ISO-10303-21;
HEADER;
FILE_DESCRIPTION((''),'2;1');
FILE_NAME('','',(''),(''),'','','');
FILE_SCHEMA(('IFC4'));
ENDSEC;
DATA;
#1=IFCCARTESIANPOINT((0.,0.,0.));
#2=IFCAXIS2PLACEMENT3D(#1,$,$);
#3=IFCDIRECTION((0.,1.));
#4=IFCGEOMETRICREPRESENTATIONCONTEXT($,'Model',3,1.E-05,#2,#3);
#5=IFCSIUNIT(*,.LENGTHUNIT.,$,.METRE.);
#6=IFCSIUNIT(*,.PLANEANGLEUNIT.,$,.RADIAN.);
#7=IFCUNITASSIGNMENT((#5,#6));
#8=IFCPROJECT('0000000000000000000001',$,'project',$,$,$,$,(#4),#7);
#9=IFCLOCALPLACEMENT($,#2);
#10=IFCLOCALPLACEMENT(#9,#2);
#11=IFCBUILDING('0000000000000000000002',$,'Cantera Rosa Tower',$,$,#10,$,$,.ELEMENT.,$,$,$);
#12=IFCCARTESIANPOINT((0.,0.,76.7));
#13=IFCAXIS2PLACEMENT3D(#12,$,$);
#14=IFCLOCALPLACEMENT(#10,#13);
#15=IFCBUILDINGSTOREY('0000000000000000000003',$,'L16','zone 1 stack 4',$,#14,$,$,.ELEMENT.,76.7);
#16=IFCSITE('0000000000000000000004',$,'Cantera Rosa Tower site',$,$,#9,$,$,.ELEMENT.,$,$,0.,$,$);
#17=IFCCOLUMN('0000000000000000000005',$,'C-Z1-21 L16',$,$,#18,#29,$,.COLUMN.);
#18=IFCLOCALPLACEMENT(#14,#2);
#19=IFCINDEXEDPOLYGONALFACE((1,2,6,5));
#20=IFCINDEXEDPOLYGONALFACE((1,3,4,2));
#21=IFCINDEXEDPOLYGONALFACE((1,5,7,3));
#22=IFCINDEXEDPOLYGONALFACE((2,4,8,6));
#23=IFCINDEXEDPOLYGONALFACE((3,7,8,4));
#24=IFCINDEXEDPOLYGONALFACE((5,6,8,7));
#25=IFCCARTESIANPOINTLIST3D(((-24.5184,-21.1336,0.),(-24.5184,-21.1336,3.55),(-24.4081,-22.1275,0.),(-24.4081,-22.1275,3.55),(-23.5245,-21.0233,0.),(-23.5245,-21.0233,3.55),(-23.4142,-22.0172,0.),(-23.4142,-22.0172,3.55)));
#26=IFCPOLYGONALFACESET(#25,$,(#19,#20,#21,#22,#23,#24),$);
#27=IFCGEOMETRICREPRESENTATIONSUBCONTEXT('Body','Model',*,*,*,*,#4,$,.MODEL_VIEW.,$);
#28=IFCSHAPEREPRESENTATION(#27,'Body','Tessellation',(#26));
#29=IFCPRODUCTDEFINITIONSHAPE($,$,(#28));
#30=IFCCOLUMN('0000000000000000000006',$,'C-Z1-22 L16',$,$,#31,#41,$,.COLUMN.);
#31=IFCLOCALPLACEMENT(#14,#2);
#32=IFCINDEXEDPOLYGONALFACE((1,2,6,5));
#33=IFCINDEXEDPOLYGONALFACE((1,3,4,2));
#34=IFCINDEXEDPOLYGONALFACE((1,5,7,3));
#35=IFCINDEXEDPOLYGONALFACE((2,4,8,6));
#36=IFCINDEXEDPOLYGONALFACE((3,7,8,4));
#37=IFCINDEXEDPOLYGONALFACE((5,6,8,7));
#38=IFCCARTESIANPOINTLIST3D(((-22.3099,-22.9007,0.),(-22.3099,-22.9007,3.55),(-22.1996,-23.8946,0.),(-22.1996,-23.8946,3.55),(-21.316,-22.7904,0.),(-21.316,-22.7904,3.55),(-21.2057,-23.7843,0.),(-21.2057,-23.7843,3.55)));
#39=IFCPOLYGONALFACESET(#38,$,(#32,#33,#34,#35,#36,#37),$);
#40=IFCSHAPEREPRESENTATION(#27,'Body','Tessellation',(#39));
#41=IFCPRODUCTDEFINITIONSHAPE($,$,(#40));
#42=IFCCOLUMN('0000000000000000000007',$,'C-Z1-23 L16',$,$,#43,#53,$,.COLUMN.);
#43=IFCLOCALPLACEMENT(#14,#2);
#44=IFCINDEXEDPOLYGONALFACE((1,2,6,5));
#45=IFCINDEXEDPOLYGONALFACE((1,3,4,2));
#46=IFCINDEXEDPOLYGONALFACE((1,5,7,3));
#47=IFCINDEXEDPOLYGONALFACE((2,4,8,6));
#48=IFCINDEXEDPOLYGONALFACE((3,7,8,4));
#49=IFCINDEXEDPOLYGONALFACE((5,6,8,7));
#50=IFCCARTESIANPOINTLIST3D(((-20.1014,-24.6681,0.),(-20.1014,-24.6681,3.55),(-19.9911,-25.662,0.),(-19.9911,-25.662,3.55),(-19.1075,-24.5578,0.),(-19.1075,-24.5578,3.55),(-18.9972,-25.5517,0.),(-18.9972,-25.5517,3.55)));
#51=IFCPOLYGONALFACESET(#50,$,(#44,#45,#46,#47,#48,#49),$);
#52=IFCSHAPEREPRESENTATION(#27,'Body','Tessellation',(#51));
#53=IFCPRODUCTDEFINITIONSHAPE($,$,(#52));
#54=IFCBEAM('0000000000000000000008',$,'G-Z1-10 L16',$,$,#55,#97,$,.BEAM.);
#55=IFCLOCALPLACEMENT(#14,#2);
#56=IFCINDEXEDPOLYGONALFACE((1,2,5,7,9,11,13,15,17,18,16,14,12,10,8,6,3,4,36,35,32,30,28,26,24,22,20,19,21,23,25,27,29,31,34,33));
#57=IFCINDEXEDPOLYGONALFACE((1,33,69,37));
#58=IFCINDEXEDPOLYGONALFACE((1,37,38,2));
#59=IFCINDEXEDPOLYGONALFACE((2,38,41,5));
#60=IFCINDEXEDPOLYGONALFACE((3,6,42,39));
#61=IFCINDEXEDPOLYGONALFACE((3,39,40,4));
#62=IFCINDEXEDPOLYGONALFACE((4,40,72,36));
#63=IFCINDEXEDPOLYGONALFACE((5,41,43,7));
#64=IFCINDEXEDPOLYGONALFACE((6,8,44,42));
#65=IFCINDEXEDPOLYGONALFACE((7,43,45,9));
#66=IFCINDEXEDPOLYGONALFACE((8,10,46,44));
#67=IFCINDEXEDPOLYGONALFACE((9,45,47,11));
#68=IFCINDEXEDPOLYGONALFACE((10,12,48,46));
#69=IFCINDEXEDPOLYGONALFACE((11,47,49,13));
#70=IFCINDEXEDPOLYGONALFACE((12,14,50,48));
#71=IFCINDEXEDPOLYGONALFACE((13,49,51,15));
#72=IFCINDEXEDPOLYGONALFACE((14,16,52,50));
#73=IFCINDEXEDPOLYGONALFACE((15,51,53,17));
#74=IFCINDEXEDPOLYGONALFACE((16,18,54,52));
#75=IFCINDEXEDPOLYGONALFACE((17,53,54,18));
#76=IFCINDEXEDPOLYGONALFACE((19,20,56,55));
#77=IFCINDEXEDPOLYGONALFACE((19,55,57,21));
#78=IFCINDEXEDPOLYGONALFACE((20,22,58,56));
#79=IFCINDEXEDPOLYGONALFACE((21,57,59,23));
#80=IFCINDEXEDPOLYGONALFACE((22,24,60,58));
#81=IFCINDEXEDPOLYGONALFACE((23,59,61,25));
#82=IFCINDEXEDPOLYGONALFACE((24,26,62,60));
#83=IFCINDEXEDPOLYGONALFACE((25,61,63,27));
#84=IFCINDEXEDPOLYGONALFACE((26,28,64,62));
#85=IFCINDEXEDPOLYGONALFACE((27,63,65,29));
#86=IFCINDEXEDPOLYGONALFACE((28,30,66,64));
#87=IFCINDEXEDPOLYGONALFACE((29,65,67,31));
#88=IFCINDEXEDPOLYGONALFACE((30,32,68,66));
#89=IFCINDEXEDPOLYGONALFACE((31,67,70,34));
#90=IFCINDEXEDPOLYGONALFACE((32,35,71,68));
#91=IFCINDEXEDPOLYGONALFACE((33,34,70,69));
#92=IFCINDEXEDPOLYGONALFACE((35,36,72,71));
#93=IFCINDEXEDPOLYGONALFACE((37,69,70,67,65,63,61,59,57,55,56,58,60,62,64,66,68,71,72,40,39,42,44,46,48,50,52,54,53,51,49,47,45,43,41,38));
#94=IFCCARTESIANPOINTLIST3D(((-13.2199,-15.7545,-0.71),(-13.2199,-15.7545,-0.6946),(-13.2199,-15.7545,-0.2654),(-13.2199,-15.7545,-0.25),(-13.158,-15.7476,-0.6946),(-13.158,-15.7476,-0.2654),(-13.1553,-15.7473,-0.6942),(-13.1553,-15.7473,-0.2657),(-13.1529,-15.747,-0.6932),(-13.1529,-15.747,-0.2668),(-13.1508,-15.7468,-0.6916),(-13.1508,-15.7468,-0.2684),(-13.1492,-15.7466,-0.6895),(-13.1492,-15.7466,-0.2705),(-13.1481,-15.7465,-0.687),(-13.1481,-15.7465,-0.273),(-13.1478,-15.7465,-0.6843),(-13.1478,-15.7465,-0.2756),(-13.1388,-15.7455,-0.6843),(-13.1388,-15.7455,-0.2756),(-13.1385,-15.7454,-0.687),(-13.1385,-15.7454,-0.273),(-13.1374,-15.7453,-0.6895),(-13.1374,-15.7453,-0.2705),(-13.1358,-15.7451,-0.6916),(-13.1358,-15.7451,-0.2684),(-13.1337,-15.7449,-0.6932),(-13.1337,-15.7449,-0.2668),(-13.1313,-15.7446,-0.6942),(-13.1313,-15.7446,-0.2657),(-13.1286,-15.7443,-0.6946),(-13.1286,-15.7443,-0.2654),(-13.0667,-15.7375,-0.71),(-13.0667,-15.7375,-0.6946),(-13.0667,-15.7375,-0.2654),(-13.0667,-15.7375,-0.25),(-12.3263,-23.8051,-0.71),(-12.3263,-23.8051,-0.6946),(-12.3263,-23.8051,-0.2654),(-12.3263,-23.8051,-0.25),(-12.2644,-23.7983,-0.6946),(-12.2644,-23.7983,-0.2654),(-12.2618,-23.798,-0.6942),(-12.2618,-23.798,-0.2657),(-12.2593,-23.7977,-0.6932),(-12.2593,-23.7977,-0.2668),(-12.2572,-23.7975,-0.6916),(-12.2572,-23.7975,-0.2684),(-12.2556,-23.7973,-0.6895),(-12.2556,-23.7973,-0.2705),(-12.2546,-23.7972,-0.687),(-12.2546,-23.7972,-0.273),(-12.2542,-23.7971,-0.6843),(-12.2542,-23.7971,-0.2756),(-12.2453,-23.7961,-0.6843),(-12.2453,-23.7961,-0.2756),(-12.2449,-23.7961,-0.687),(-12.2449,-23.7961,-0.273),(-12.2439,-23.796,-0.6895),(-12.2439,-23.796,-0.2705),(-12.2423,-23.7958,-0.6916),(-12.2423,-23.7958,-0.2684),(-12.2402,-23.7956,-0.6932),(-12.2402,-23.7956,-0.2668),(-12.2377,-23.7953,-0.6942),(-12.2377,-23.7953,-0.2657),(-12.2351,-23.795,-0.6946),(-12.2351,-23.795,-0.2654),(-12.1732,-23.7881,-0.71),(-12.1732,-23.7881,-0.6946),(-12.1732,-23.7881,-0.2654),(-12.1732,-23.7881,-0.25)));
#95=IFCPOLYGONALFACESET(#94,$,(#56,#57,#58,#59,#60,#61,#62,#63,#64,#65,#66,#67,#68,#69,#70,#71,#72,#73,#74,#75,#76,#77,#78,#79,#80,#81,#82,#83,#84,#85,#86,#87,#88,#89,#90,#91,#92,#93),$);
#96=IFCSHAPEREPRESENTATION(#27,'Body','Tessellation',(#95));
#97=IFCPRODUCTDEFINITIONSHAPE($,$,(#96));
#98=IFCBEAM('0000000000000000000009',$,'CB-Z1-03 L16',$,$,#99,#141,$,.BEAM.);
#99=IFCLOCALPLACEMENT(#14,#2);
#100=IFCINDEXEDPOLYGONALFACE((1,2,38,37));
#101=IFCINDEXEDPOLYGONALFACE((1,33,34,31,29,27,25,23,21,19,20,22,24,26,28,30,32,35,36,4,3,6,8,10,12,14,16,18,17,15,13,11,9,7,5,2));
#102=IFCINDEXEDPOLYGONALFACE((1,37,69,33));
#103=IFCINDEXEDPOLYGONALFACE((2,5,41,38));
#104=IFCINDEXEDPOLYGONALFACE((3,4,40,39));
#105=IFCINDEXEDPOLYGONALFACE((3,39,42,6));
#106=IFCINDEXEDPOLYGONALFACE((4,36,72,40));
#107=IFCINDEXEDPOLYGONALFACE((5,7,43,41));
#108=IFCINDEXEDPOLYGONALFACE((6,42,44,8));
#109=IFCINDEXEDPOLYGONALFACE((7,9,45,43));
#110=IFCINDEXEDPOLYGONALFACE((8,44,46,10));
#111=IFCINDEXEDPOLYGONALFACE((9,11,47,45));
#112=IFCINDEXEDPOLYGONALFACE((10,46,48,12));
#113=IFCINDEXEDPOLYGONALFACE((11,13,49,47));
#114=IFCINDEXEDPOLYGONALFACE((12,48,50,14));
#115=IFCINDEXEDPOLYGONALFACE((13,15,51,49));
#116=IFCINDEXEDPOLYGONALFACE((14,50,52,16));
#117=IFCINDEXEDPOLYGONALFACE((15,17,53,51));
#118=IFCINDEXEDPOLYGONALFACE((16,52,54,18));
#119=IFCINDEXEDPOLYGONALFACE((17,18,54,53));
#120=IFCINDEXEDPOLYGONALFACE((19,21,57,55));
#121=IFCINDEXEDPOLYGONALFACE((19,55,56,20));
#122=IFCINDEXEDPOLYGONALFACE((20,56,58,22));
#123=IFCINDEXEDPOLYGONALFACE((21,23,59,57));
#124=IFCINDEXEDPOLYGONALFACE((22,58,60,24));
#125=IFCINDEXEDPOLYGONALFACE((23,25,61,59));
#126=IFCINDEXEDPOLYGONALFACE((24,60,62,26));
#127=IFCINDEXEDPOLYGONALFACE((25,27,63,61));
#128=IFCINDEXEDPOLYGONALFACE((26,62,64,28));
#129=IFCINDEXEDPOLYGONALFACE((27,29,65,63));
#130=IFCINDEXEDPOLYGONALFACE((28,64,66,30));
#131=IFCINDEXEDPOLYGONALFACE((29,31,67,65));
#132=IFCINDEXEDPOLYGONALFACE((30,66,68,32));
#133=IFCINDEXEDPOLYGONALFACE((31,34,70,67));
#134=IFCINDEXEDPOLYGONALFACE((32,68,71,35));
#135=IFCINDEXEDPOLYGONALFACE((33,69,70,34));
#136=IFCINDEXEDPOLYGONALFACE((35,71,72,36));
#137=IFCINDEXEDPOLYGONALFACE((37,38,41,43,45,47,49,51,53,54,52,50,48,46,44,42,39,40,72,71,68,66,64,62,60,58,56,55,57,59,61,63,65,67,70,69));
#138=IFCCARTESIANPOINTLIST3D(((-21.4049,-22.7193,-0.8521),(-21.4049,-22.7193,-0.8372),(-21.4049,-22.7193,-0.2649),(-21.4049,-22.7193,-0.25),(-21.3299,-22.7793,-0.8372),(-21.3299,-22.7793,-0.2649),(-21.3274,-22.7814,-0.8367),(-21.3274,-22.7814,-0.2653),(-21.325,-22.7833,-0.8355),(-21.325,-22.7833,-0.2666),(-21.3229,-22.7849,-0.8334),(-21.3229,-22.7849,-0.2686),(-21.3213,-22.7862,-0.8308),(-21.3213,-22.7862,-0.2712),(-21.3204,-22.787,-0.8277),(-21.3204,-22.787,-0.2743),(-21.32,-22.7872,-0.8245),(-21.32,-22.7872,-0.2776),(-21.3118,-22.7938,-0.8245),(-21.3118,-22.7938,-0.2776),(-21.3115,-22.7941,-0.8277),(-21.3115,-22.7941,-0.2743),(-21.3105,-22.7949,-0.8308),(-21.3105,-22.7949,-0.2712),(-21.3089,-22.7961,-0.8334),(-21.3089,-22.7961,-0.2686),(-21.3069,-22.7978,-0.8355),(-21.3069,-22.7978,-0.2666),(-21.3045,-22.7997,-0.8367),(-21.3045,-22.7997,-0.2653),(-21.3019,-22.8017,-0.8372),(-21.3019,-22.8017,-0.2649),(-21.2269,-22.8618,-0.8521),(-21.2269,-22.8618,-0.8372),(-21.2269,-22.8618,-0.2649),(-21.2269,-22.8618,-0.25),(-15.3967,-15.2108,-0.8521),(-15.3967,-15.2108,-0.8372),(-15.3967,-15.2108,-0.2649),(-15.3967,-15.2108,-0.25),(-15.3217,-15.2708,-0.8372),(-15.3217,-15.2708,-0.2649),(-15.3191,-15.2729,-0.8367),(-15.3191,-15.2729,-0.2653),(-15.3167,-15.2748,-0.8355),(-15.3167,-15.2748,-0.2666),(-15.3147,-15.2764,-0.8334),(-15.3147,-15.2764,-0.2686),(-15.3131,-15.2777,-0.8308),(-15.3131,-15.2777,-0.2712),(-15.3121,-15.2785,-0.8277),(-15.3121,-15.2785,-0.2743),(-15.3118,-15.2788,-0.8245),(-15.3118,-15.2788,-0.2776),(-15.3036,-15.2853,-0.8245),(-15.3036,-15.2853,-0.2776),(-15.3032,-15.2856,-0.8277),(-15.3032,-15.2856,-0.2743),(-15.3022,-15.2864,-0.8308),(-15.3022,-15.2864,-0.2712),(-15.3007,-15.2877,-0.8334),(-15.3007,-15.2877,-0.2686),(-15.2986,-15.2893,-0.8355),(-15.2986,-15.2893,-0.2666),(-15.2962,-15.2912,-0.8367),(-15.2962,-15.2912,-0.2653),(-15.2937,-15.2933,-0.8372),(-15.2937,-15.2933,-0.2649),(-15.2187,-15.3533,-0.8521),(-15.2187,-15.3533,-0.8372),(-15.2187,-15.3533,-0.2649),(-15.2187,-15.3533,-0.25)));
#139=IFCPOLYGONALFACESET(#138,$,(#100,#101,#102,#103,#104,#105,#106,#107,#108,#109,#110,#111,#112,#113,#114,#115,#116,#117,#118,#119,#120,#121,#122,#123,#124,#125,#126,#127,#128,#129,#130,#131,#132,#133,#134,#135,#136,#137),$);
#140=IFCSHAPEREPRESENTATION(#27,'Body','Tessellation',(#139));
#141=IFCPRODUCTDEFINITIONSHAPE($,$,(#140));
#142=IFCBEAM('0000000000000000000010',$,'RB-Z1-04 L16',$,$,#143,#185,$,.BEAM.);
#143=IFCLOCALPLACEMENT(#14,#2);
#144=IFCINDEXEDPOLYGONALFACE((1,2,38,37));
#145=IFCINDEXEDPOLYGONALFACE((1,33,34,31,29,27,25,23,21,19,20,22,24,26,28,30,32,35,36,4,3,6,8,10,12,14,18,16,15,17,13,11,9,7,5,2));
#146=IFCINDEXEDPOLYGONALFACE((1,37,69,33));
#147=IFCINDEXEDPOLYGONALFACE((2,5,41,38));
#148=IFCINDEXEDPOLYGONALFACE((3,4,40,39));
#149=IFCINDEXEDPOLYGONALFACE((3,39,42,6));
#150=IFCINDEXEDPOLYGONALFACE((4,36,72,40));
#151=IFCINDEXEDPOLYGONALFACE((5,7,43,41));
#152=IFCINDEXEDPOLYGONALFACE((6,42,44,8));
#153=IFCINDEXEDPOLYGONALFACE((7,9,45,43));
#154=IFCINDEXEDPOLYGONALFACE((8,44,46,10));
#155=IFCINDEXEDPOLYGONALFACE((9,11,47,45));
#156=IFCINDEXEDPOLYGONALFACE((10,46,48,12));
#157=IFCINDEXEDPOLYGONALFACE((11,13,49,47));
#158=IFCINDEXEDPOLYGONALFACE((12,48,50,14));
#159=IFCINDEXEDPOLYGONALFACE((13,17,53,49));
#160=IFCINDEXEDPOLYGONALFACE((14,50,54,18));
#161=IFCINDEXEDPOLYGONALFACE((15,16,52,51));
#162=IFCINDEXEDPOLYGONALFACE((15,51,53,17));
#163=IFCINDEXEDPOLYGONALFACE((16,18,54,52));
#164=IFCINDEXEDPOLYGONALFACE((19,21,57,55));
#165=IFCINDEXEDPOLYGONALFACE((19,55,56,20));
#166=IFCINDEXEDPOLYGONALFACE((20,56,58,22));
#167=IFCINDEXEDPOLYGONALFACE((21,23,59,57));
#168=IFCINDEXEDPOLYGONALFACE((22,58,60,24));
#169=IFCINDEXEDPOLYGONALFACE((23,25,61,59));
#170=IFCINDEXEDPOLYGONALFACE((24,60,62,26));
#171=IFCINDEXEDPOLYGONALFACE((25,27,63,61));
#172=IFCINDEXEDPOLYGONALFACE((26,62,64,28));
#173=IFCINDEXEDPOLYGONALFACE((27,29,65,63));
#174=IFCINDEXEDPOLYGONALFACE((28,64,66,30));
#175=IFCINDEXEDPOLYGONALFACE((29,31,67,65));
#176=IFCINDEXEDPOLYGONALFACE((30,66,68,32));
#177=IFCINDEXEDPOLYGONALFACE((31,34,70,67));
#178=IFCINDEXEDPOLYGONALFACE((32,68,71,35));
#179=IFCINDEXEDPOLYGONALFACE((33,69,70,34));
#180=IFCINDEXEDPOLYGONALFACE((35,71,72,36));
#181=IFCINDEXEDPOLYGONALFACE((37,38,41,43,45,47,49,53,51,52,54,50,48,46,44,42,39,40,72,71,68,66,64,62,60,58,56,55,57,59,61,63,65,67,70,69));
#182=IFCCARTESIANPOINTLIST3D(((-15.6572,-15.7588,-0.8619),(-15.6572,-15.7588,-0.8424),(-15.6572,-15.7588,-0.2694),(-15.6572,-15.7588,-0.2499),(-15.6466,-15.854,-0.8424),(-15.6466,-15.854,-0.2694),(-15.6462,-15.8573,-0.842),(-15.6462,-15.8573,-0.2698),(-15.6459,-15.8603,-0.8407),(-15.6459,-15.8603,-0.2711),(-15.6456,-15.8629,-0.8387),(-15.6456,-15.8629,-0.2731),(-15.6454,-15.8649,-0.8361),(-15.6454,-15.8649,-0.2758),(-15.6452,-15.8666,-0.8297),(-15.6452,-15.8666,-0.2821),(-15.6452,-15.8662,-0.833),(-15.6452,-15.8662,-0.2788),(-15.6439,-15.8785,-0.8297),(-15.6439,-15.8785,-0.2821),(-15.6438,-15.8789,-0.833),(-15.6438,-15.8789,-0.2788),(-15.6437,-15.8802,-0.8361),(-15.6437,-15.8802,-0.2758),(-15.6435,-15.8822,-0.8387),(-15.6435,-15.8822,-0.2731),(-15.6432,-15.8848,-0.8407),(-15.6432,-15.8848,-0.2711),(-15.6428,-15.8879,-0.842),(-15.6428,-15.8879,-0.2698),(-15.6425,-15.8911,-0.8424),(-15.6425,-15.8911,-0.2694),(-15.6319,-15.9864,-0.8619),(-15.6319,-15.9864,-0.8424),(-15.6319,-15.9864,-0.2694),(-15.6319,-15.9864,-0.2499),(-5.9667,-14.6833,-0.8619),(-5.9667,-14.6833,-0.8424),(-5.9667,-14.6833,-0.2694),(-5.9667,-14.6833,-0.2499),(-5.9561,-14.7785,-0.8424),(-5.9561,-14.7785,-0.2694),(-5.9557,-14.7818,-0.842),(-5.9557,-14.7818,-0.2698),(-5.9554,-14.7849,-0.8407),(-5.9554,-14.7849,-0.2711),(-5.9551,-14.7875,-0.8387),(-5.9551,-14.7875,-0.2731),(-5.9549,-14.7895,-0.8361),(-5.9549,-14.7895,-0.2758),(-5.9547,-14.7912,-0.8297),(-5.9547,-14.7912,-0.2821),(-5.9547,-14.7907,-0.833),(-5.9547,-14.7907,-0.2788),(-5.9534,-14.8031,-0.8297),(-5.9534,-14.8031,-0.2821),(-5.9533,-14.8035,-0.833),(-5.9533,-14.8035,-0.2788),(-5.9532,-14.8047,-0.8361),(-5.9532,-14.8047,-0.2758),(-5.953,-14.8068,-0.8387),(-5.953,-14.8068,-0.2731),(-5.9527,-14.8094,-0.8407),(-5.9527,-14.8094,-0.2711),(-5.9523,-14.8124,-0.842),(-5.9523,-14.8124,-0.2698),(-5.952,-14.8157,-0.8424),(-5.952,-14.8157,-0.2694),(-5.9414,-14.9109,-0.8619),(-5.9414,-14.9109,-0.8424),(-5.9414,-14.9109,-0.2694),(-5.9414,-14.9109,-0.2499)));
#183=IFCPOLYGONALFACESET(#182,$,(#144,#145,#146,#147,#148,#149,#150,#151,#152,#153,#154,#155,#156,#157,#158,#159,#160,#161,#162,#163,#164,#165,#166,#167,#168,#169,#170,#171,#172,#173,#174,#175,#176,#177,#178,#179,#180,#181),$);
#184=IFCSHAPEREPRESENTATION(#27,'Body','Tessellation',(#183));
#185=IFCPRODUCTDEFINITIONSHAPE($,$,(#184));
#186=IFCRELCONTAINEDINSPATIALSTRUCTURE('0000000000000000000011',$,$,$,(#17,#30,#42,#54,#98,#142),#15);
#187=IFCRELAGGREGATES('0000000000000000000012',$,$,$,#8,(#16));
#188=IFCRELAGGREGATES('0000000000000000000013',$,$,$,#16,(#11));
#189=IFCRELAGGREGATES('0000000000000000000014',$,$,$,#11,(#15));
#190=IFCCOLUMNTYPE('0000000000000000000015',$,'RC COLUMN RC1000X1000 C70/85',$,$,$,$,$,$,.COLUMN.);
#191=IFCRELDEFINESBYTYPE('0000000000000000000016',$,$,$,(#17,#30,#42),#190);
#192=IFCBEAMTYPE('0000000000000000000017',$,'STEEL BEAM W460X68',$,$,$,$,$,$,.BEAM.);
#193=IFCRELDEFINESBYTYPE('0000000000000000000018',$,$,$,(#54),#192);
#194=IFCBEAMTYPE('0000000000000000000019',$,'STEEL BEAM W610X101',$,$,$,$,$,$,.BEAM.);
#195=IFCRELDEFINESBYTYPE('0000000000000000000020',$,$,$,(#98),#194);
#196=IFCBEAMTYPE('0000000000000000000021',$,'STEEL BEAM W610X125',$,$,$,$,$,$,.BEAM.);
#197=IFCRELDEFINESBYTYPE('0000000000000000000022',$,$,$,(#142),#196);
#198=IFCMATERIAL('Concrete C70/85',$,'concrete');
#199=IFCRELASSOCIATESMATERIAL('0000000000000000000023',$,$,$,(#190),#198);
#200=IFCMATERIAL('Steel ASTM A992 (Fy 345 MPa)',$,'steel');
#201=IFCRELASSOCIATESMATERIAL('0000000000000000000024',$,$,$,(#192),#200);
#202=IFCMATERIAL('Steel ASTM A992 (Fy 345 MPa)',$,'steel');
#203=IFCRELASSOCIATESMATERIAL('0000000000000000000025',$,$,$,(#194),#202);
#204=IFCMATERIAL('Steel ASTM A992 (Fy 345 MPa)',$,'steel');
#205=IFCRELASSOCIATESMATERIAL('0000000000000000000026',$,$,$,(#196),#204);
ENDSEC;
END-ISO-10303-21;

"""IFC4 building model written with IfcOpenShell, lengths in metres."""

from ifc_helpers import new_model, si_unit, direction, frame, origin, origin_2d, place, context, subcontext, project, spatial, rectangle, i_section, extrude, material, material_profile, profile_set, type_object, element, save


model = new_model("IFC4")

# Units and contexts
model_context = context("Model", 3, precision=1e-05, world=origin(), true_north=direction((0.0, 1.0)))
body_context = subcontext(model_context, "Body", "Model", "MODEL_VIEW")
ifc_project = project(units=[si_unit("LENGTHUNIT", "METRE"), si_unit("PLANEANGLEUNIT", "RADIAN")], contexts=[model_context])

# Site, building, storey
site_placement = place(None, origin())
site = spatial("IfcSite", under=ifc_project, at=site_placement, Name="Cantera Rosa Tower site", CompositionType="ELEMENT", RefElevation=0.0)
building_placement = place(site_placement, origin())
building = spatial("IfcBuilding", under=site, at=building_placement, Name="Cantera Rosa Tower", CompositionType="ELEMENT")
storey_placement = place(building_placement, frame((0.0, 0.0, 76.7)))
storey = spatial("IfcBuildingStorey", under=building, at=storey_placement, Name="L16", Description="zone 1 stack 4", CompositionType="ELEMENT", Elevation=76.7)

# Columns
ifc_material_1 = material(Name="Concrete C70/85", Category="concrete")
ifc_material_profile_1 = material_profile(ifc_material_1, rectangle(XDim=1.0, YDim=1.0, at=origin_2d()), Name="RC COLUMN RC1000X1000 C70/85")
ifc_profile_set_1 = profile_set([ifc_material_profile_1], Name="Concrete C70/85")
column_type = type_object("IfcColumnType", Name="RC COLUMN RC1000X1000 C70/85", PredefinedType="COLUMN", material=ifc_profile_set_1)
for number, where, z_axis, x_axis, name in (
    (1, (-23.9663, -21.5754, 0.0), (0.0, 0.0, 1.0), (0.993897, 0.110313, 0.0), "C-Z1-21 L16"),
    (2, (-21.7578, -23.3425, 0.0), (0.0, 0.0, 1.0), (0.993897, 0.110313, 0.0), "C-Z1-22 L16"),
    (3, (-19.5493, -25.1099, 0.0), (0.0, 0.0, 1.0), (0.993897, 0.110313, 0.0), "C-Z1-23 L16"),
):
    element("IfcColumn", number, at=place(storey_placement, frame(where, z_axis=z_axis, x_axis=x_axis)), inside=storey, type_object=column_type, Name=name, PredefinedType="COLUMN", context=body_context, shape_type="SweptSolid", body=[
        extrude(rectangle(XDim=1.0, YDim=1.0, at=origin_2d()), origin(), (0.0, 0.0, 1.0), 3.55),
    ])

# Beams
ifc_material_2 = material(Name="Steel ASTM A992 (Fy 345 MPa)", Category="steel")
ifc_material_profile_2 = material_profile(ifc_material_2, i_section(OverallWidth=0.1541, OverallDepth=0.46, WebThickness=0.009, FlangeThickness=0.0154, FilletRadius=0.0103, at=origin_2d()), Name="W460X68")
ifc_profile_set_2 = profile_set([ifc_material_profile_2], Name="Steel ASTM A992 (Fy 345 MPa)")
beam_type_1 = type_object("IfcBeamType", Name="STEEL BEAM W460X68", PredefinedType="BEAM", material=ifc_profile_set_2)
beam_1_placement = place(storey_placement, frame((-12.2498, -23.7966, -0.48), z_axis=(-0.110312, 0.993897, 0.0), x_axis=(-0.993897, -0.110312, 0.0)))
element("IfcBeam", 4, at=beam_1_placement, inside=storey, type_object=beam_type_1, Name="G-Z1-10 L16", PredefinedType="BEAM", context=body_context, shape_type="SweptSolid", body=[
    extrude(i_section(OverallWidth=0.1541, OverallDepth=0.46, WebThickness=0.009, FlangeThickness=0.0154, FilletRadius=0.0103, at=origin_2d()), origin(), (0.0, 0.0, 1.0), 8.1001),
])
ifc_material_3 = material(Name="Steel ASTM A992 (Fy 345 MPa)", Category="steel")
ifc_material_profile_3 = material_profile(ifc_material_3, i_section(OverallWidth=0.228, OverallDepth=0.6021, WebThickness=0.0105, FlangeThickness=0.0149, FilletRadius=0.0127, at=origin_2d()), Name="W610X101")
ifc_profile_set_3 = profile_set([ifc_material_profile_3], Name="Steel ASTM A992 (Fy 345 MPa)")
beam_type_2 = type_object("IfcBeamType", Name="STEEL BEAM W610X101", PredefinedType="BEAM", material=ifc_profile_set_3)
beam_2_placement = place(storey_placement, frame((-21.3159, -22.7905, -0.551), z_axis=(0.624788, 0.780794, 0.0), x_axis=(-0.780794, 0.624788, 0.0)))
element("IfcBeam", 5, at=beam_2_placement, inside=storey, type_object=beam_type_2, Name="CB-Z1-03 L16", PredefinedType="BEAM", context=body_context, shape_type="SweptSolid", body=[
    extrude(i_section(OverallWidth=0.228, OverallDepth=0.6021, WebThickness=0.0105, FlangeThickness=0.0149, FilletRadius=0.0127, at=origin_2d()), origin(), (0.0, 0.0, 1.0), 9.6165),
])
ifc_material_4 = material(Name="Steel ASTM A992 (Fy 345 MPa)", Category="steel")
ifc_material_profile_4 = material_profile(ifc_material_4, i_section(OverallWidth=0.229, OverallDepth=0.6121, WebThickness=0.012, FlangeThickness=0.0195, FilletRadius=0.0127, at=origin_2d()), Name="W610X125")
ifc_profile_set_4 = profile_set([ifc_material_profile_4], Name="Steel ASTM A992 (Fy 345 MPa)")
beam_type_3 = type_object("IfcBeamType", Name="STEEL BEAM W610X125", PredefinedType="BEAM", material=ifc_profile_set_4)
beam_3_placement = place(storey_placement, frame((-15.6445, -15.8726, -0.5559), z_axis=(0.993898, 0.110302, 0.0), x_axis=(-0.110302, 0.993898, 0.0)))
element("IfcBeam", 6, at=beam_3_placement, inside=storey, type_object=beam_type_3, Name="RB-Z1-04 L16", PredefinedType="BEAM", context=body_context, shape_type="SweptSolid", body=[
    extrude(i_section(OverallWidth=0.229, OverallDepth=0.6121, WebThickness=0.012, FlangeThickness=0.0195, FilletRadius=0.0127, at=origin_2d()), origin(), (0.0, 0.0, 1.0), 9.75),
])

save(model, "model.ifc")
